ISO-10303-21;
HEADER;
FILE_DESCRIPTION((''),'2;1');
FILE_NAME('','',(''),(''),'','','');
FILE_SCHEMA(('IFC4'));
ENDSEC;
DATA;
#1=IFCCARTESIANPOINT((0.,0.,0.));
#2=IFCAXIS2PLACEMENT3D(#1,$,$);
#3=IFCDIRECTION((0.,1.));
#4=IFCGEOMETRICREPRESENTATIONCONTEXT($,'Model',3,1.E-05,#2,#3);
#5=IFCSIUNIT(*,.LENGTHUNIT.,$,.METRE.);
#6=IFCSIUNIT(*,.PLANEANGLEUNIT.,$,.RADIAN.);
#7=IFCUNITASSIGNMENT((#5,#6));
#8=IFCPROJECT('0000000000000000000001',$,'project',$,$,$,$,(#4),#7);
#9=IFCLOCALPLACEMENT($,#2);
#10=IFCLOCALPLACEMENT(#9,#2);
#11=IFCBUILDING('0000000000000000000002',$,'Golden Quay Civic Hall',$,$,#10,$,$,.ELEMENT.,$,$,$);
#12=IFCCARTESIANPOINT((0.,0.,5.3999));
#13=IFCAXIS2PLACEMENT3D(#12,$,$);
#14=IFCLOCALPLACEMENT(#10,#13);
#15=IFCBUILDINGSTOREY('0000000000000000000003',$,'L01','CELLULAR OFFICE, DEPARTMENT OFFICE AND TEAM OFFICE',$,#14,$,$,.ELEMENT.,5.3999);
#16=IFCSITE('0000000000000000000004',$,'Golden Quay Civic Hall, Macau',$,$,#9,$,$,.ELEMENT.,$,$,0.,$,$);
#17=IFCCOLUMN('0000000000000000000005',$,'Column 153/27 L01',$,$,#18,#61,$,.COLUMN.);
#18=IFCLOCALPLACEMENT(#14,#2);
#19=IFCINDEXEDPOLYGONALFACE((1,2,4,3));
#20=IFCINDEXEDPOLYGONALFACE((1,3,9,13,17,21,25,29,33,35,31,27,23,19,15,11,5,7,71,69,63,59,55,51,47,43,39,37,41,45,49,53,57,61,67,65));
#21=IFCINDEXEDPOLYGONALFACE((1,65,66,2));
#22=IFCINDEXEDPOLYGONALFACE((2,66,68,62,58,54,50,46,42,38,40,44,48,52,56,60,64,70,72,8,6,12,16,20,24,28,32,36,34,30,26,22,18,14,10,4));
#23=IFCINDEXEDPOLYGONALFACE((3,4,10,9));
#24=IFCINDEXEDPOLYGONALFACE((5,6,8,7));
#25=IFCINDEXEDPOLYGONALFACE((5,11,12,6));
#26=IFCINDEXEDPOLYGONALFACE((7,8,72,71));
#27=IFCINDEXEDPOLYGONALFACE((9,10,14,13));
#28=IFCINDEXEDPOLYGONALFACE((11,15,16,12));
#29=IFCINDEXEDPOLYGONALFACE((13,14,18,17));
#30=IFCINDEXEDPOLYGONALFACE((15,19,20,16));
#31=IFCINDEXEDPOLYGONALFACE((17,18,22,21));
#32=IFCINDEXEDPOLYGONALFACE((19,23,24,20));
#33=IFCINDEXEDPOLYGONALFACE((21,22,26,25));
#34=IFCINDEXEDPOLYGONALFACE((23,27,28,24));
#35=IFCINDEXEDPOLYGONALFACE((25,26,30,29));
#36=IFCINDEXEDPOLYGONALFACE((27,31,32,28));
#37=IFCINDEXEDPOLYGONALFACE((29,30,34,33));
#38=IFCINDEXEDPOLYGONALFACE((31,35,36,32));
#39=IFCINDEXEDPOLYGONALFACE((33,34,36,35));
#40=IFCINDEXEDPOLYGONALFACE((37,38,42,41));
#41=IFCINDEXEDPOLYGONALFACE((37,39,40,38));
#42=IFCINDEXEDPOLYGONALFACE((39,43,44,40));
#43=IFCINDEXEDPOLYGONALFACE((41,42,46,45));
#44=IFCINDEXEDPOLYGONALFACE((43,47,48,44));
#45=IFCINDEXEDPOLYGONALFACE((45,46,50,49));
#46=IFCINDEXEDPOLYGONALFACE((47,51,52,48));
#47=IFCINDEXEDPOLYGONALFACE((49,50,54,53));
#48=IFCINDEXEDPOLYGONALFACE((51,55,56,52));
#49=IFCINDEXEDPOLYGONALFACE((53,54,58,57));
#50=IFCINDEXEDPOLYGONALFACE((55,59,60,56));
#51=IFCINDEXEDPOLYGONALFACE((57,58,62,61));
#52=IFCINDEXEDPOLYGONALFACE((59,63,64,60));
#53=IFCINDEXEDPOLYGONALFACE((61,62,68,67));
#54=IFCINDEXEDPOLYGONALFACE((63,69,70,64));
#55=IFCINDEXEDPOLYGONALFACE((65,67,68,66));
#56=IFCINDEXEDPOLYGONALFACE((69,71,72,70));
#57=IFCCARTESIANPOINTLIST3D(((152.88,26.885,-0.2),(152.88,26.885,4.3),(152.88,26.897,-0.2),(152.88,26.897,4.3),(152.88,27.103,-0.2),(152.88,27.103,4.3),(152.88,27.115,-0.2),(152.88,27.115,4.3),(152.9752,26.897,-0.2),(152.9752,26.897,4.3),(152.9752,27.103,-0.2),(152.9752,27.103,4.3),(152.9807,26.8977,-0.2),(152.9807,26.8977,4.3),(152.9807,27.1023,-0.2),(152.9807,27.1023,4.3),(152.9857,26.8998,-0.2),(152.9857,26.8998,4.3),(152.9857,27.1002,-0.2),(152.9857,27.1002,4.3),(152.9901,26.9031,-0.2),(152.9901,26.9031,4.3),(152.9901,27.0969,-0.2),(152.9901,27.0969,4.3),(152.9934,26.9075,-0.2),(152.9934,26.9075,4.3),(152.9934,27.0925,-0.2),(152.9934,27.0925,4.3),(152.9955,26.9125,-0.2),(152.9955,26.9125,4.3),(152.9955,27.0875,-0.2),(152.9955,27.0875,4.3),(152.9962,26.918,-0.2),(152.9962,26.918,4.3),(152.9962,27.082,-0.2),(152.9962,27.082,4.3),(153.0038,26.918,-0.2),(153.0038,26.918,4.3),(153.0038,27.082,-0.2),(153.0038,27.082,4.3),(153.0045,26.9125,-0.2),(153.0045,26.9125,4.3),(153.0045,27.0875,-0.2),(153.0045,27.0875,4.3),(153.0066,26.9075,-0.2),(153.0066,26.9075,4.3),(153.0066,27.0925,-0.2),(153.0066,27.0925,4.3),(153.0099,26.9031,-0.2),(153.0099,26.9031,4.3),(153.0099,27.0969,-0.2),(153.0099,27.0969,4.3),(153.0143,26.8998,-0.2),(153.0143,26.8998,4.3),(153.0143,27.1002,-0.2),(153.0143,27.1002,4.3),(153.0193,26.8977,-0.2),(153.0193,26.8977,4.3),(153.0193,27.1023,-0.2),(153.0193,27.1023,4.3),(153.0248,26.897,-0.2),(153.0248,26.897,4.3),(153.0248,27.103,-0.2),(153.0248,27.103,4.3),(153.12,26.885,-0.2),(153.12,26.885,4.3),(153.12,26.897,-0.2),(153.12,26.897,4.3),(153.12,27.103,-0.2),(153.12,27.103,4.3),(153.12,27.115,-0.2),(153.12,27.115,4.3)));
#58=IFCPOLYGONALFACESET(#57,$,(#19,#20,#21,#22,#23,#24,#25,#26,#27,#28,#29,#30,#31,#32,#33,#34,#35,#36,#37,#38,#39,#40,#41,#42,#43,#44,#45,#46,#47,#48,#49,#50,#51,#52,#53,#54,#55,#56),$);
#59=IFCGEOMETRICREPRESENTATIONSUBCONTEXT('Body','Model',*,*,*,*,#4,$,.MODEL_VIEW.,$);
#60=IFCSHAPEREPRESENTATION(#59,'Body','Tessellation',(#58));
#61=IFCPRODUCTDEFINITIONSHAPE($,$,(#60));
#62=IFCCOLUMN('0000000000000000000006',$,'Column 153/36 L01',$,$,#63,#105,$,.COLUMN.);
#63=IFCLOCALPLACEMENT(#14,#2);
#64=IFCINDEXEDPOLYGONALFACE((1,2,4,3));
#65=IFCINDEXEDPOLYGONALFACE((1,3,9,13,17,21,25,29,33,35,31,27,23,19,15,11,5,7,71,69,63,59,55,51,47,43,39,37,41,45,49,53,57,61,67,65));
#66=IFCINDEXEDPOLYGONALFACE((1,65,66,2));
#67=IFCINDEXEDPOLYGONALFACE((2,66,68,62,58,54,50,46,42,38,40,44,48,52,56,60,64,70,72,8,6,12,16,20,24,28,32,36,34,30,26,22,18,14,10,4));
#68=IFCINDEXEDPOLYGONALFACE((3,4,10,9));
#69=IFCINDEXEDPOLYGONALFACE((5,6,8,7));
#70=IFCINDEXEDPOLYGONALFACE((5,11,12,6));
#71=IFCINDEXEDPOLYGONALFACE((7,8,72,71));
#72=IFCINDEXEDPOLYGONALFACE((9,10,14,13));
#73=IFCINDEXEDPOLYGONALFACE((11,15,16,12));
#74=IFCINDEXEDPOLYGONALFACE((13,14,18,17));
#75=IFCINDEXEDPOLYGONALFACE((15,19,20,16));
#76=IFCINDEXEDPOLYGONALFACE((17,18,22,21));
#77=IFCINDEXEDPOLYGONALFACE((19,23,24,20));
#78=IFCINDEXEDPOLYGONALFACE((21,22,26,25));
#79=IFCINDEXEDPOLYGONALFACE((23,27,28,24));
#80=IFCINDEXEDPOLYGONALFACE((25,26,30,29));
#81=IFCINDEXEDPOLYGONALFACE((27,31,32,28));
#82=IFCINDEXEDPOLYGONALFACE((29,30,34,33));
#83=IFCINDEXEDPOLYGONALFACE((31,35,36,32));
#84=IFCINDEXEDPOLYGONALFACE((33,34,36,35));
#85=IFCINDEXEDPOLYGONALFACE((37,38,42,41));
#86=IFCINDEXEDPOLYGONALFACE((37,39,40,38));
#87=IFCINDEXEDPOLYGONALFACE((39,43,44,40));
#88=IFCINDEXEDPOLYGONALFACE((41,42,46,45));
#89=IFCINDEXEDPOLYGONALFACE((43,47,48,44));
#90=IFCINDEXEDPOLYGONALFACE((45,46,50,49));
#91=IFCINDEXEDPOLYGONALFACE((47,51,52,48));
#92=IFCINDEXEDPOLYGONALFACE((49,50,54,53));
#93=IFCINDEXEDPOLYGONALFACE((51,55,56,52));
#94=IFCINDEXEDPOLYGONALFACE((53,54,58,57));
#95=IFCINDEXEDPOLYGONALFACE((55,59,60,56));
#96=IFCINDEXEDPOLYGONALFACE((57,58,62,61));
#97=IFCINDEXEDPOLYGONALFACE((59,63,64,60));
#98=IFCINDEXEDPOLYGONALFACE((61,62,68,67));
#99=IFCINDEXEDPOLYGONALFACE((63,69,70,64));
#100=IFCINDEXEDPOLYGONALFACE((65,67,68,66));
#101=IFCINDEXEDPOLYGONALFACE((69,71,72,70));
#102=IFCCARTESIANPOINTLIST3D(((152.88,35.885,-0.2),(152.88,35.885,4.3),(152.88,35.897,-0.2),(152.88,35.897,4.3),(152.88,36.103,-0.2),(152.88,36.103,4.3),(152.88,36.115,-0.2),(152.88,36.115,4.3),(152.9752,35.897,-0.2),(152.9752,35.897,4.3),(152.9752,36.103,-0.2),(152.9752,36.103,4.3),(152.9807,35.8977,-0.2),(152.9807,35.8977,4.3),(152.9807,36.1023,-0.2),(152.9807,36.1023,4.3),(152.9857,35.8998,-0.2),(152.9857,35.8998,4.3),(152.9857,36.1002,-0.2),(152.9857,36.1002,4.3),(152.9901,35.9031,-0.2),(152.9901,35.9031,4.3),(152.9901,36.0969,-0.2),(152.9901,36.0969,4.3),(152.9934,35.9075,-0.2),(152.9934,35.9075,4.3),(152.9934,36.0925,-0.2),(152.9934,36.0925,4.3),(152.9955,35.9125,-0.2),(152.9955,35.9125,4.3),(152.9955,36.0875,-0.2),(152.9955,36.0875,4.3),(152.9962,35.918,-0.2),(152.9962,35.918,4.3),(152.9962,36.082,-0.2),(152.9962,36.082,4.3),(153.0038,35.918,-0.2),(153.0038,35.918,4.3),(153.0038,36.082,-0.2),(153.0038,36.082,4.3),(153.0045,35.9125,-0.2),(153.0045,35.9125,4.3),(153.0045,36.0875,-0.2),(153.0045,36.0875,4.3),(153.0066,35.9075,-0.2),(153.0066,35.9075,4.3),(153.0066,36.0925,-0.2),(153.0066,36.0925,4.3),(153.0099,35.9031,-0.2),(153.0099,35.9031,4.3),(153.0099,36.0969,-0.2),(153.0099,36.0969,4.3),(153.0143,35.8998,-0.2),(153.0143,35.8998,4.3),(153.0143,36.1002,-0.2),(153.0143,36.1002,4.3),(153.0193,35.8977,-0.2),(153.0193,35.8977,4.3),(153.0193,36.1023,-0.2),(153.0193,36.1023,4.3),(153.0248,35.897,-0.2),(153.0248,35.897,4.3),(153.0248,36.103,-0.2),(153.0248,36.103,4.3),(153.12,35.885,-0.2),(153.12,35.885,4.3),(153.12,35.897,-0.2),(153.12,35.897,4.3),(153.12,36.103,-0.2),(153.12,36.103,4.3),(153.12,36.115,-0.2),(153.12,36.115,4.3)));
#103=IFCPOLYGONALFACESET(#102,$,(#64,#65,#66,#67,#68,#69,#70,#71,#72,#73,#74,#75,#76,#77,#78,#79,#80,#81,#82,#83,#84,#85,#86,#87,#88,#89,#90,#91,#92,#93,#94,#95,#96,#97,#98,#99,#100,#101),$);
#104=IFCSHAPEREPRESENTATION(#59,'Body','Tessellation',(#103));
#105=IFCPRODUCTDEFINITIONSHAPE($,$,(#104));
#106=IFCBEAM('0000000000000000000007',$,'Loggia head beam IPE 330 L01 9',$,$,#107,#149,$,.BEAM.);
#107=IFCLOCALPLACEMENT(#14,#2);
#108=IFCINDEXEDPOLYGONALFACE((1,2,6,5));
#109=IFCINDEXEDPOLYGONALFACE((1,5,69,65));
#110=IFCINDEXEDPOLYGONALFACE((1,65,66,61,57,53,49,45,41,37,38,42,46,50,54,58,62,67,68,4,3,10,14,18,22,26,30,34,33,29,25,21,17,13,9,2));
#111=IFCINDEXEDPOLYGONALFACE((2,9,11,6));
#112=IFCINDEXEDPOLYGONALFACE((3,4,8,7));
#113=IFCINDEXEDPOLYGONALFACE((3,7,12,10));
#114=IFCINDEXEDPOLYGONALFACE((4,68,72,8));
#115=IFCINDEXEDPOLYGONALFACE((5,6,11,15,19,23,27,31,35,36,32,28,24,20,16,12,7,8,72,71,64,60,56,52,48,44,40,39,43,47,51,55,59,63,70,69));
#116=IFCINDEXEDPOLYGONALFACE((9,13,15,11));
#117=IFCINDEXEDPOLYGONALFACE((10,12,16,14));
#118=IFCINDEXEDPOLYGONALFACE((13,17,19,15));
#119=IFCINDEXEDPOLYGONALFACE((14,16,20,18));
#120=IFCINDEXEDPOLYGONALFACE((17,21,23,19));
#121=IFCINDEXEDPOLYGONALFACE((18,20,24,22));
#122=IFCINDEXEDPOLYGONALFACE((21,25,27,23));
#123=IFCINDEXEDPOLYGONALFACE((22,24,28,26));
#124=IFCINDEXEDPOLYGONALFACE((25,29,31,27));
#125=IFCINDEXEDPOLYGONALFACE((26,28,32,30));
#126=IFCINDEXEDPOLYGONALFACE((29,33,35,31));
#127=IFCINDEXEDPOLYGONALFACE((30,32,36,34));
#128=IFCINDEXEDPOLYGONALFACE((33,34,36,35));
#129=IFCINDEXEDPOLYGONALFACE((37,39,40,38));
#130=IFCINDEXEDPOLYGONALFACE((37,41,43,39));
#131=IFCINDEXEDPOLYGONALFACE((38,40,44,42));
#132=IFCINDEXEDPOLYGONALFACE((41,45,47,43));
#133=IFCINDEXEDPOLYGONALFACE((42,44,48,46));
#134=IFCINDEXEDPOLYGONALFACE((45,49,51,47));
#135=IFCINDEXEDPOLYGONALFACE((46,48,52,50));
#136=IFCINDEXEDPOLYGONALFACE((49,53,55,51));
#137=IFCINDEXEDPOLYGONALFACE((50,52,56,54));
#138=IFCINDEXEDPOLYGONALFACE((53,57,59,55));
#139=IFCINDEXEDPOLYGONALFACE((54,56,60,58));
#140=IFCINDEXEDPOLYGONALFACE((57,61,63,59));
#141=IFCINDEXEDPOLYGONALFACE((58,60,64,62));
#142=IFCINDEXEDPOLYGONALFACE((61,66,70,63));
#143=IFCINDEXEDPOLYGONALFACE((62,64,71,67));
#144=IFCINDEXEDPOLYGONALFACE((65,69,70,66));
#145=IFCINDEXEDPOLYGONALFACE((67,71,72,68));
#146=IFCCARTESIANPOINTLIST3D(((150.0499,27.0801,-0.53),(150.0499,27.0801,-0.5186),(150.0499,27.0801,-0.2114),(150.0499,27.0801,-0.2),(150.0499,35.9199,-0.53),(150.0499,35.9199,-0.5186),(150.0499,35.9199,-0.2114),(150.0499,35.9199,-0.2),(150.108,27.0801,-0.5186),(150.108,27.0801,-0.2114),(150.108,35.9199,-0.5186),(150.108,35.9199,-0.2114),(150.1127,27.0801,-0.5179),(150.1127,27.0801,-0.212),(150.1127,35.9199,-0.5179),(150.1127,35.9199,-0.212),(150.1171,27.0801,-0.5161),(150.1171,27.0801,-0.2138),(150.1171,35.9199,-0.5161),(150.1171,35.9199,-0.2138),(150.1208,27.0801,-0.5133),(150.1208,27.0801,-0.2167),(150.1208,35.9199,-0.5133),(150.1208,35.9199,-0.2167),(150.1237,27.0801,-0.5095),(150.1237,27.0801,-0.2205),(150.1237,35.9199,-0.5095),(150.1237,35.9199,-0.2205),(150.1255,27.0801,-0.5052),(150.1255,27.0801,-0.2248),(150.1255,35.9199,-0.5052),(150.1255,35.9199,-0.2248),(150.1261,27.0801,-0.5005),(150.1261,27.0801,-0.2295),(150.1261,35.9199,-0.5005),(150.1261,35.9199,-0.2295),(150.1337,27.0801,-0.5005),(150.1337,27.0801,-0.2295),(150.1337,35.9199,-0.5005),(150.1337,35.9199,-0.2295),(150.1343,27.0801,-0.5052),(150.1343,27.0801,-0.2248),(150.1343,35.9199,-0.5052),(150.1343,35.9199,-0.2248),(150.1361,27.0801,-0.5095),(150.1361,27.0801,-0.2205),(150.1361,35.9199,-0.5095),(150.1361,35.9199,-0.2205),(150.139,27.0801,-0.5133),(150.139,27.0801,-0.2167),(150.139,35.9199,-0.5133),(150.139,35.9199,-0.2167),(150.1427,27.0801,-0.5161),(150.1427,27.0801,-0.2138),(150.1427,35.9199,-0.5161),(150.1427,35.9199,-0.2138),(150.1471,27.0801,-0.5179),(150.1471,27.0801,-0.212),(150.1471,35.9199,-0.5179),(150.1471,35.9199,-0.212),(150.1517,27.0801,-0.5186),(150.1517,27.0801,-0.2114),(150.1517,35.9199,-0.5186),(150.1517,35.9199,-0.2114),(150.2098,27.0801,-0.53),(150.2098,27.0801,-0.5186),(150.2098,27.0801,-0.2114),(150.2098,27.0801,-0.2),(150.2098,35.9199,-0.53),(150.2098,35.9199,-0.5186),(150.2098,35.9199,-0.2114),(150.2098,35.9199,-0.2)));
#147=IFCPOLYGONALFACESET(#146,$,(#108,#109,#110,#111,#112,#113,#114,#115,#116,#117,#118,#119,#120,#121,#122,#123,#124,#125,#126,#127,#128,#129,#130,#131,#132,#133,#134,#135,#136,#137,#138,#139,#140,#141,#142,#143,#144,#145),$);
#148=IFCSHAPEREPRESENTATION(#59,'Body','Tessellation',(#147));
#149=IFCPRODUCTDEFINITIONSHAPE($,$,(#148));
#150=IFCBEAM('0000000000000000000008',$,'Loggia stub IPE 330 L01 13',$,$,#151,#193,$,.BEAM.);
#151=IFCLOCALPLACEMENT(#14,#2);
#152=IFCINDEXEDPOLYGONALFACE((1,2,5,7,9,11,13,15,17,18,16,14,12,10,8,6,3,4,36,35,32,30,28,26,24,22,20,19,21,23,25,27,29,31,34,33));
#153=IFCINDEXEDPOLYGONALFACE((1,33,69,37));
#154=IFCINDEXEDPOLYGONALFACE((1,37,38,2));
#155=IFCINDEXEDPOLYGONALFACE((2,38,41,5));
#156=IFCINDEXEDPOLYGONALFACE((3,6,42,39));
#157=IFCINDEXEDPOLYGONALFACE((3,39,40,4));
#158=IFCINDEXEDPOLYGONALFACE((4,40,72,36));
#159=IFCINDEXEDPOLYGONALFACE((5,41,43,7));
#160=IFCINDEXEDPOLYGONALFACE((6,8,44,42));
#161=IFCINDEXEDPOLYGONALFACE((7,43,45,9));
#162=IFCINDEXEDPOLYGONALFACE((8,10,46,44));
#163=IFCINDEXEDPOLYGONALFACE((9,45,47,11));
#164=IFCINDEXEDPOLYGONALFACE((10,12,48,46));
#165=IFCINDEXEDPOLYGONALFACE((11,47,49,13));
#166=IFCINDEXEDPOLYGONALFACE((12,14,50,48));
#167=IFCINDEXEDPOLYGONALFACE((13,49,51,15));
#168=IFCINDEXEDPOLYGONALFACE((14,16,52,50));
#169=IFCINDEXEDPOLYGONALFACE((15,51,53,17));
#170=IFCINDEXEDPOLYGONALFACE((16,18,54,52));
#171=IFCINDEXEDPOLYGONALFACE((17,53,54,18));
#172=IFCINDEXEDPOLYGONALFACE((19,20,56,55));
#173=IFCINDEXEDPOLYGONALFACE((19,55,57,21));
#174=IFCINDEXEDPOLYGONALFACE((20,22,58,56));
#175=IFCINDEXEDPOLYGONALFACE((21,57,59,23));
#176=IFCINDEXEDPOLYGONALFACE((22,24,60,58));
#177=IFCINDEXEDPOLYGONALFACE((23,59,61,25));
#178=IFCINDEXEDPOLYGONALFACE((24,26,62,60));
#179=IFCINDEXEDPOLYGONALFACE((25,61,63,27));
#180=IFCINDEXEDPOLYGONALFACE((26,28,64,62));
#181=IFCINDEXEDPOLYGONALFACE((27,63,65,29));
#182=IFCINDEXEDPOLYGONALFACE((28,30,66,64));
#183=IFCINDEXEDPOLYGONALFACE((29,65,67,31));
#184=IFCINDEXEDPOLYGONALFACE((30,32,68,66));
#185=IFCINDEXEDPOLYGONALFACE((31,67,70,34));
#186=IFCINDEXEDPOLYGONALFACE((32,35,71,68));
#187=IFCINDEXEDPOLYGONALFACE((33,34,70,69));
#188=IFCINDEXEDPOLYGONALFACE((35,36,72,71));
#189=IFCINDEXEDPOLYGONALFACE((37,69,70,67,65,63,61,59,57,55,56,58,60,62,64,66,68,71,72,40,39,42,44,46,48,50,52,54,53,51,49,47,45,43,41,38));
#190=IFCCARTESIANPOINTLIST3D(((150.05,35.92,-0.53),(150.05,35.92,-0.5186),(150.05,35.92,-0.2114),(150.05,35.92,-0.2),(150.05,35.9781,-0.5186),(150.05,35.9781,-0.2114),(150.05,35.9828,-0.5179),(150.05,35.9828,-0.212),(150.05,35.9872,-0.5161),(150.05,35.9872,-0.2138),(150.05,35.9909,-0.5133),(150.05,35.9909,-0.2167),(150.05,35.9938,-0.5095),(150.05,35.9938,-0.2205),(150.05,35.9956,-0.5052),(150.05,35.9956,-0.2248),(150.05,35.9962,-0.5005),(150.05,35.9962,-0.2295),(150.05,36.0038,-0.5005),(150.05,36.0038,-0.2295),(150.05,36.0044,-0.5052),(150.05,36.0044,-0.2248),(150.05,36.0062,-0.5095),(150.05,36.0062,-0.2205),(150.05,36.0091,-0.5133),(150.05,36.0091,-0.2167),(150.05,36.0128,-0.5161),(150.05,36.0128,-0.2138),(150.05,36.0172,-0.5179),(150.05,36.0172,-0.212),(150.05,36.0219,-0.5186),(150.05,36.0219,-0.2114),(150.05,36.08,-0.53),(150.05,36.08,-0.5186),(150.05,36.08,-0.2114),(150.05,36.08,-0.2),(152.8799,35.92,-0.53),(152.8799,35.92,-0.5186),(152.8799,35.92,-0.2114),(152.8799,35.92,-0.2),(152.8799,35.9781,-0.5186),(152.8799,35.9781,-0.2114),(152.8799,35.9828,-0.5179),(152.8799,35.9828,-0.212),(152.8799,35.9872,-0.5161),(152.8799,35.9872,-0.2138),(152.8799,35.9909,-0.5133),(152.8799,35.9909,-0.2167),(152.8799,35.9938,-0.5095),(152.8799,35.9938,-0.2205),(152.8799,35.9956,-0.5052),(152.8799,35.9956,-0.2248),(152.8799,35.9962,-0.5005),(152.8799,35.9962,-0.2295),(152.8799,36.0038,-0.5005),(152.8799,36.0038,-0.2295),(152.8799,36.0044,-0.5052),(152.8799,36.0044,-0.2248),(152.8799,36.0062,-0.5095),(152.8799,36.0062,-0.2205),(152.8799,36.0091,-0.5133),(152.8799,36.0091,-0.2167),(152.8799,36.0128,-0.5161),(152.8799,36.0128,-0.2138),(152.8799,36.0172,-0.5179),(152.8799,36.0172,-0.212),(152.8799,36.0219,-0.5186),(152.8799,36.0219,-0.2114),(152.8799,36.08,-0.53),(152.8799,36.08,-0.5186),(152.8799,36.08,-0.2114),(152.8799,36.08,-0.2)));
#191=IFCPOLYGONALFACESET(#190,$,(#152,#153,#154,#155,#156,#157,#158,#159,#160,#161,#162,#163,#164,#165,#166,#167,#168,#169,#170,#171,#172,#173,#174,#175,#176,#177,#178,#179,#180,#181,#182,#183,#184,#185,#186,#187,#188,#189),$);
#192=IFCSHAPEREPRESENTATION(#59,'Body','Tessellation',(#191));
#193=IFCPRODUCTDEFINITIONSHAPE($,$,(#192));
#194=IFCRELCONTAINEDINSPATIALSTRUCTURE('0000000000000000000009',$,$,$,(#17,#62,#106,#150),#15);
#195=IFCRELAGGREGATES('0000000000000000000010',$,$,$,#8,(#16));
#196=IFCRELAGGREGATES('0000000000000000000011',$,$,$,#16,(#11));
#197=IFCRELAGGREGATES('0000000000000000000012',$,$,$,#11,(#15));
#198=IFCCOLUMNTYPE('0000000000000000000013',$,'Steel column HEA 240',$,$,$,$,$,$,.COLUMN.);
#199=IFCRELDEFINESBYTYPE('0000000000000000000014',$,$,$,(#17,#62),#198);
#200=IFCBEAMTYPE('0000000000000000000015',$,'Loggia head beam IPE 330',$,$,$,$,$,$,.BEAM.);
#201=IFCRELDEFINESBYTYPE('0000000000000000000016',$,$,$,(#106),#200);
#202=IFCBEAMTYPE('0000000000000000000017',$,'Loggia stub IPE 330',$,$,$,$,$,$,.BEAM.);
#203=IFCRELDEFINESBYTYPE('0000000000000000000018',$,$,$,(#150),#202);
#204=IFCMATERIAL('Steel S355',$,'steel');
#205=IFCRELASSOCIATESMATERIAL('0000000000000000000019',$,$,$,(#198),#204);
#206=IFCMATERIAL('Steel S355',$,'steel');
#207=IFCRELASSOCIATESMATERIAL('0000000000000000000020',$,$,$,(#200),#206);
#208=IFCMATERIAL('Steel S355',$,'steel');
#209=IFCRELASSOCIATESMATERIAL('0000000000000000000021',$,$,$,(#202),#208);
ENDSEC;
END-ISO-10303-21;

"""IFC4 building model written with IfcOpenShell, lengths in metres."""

from ifc_helpers import new_model, si_unit, direction, frame, origin, origin_2d, place, context, subcontext, project, spatial, i_section, extrude, material, material_profile, profile_set, type_object, element, save


model = new_model("IFC4")

# Units and contexts
model_context = context("Model", 3, precision=1e-05, world=origin(), true_north=direction((0.0, 1.0)))
body_context = subcontext(model_context, "Body", "Model", "MODEL_VIEW")
ifc_project = project(units=[si_unit("LENGTHUNIT", "METRE"), si_unit("PLANEANGLEUNIT", "RADIAN")], contexts=[model_context])

# Site, building, storey
site_placement = place(None, origin())
site = spatial("IfcSite", under=ifc_project, at=site_placement, Name="Golden Quay Civic Hall, Macau", CompositionType="ELEMENT", RefElevation=0.0)
building_placement = place(site_placement, origin())
building = spatial("IfcBuilding", under=site, at=building_placement, Name="Golden Quay Civic Hall", CompositionType="ELEMENT")
storey_placement = place(building_placement, frame((0.0, 0.0, 5.3999)))
storey = spatial("IfcBuildingStorey", under=building, at=storey_placement, Name="L01", Description="CELLULAR OFFICE, DEPARTMENT OFFICE AND TEAM OFFICE", CompositionType="ELEMENT", Elevation=5.3999)

# Columns
ifc_material_1 = material(Name="Steel S355", Category="steel")
ifc_material_profile_1 = material_profile(ifc_material_1, i_section(OverallWidth=0.24, OverallDepth=0.23, WebThickness=0.0076, FlangeThickness=0.012, FilletRadius=0.021, at=origin_2d()), Name="HEA 240")
ifc_profile_set_1 = profile_set([ifc_material_profile_1], Name="Steel S355")
column_type = type_object("IfcColumnType", Name="Steel column HEA 240", PredefinedType="COLUMN", material=ifc_profile_set_1)
for number, where, z_axis, x_axis, name in (
    (1, (153.0, 27.0, -0.2), (0.0, 0.0, 1.0), (1.0, 0.0, 0.0), "Column 153/27 L01"),
    (2, (153.0, 36.0, -0.2), (0.0, 0.0, 1.0), (1.0, 0.0, 0.0), "Column 153/36 L01"),
):
    element("IfcColumn", number, at=place(storey_placement, frame(where, z_axis=z_axis, x_axis=x_axis)), inside=storey, type_object=column_type, Name=name, PredefinedType="COLUMN", context=body_context, shape_type="SweptSolid", body=[
        extrude(i_section(OverallWidth=0.24, OverallDepth=0.23, WebThickness=0.0076, FlangeThickness=0.012, FilletRadius=0.021, at=origin_2d()), origin(), (0.0, 0.0, 1.0), 4.5),
    ])

# Beams
ifc_material_2 = material(Name="Steel S355", Category="steel")
ifc_material_profile_2 = material_profile(ifc_material_2, i_section(OverallWidth=0.1599, OverallDepth=0.3301, WebThickness=0.0076, FlangeThickness=0.0115, FilletRadius=0.0181, at=origin_2d()), Name="IPE 330")
ifc_profile_set_2 = profile_set([ifc_material_profile_2], Name="Steel S355")
beam_type_1 = type_object("IfcBeamType", Name="Loggia head beam IPE 330", PredefinedType="BEAM", material=ifc_profile_set_2)
beam_1_placement = place(storey_placement, frame((150.1299, 27.0801, -0.365), z_axis=(0.0, 1.0, 0.0), x_axis=(-1.0, 0.0, 0.0)))
element("IfcBeam", 3, at=beam_1_placement, inside=storey, type_object=beam_type_1, Name="Loggia head beam IPE 330 L01 9", PredefinedType="BEAM", context=body_context, shape_type="SweptSolid", body=[
    extrude(i_section(OverallWidth=0.1599, OverallDepth=0.3301, WebThickness=0.0076, FlangeThickness=0.0115, FilletRadius=0.0181, at=origin_2d()), origin(), (0.0, 0.0, 1.0), 8.8398),
])
ifc_material_3 = material(Name="Steel S355", Category="steel")
ifc_material_profile_3 = material_profile(ifc_material_3, i_section(OverallWidth=0.1599, OverallDepth=0.3301, WebThickness=0.0076, FlangeThickness=0.0115, FilletRadius=0.0181, at=origin_2d()), Name="IPE 330")
ifc_profile_set_3 = profile_set([ifc_material_profile_3], Name="Steel S355")
beam_type_2 = type_object("IfcBeamType", Name="Loggia stub IPE 330", PredefinedType="BEAM", material=ifc_profile_set_3)
beam_2_placement = place(storey_placement, frame((152.8799, 36.0, -0.365), z_axis=(-1.0, 0.0, 0.0), x_axis=(0.0, -1.0, 0.0)))
element("IfcBeam", 4, at=beam_2_placement, inside=storey, type_object=beam_type_2, Name="Loggia stub IPE 330 L01 13", PredefinedType="BEAM", context=body_context, shape_type="SweptSolid", body=[
    extrude(i_section(OverallWidth=0.1599, OverallDepth=0.3301, WebThickness=0.0076, FlangeThickness=0.0115, FilletRadius=0.0181, at=origin_2d()), origin(), (0.0, 0.0, 1.0), 2.8298),
])

save(model, "model.ifc")
